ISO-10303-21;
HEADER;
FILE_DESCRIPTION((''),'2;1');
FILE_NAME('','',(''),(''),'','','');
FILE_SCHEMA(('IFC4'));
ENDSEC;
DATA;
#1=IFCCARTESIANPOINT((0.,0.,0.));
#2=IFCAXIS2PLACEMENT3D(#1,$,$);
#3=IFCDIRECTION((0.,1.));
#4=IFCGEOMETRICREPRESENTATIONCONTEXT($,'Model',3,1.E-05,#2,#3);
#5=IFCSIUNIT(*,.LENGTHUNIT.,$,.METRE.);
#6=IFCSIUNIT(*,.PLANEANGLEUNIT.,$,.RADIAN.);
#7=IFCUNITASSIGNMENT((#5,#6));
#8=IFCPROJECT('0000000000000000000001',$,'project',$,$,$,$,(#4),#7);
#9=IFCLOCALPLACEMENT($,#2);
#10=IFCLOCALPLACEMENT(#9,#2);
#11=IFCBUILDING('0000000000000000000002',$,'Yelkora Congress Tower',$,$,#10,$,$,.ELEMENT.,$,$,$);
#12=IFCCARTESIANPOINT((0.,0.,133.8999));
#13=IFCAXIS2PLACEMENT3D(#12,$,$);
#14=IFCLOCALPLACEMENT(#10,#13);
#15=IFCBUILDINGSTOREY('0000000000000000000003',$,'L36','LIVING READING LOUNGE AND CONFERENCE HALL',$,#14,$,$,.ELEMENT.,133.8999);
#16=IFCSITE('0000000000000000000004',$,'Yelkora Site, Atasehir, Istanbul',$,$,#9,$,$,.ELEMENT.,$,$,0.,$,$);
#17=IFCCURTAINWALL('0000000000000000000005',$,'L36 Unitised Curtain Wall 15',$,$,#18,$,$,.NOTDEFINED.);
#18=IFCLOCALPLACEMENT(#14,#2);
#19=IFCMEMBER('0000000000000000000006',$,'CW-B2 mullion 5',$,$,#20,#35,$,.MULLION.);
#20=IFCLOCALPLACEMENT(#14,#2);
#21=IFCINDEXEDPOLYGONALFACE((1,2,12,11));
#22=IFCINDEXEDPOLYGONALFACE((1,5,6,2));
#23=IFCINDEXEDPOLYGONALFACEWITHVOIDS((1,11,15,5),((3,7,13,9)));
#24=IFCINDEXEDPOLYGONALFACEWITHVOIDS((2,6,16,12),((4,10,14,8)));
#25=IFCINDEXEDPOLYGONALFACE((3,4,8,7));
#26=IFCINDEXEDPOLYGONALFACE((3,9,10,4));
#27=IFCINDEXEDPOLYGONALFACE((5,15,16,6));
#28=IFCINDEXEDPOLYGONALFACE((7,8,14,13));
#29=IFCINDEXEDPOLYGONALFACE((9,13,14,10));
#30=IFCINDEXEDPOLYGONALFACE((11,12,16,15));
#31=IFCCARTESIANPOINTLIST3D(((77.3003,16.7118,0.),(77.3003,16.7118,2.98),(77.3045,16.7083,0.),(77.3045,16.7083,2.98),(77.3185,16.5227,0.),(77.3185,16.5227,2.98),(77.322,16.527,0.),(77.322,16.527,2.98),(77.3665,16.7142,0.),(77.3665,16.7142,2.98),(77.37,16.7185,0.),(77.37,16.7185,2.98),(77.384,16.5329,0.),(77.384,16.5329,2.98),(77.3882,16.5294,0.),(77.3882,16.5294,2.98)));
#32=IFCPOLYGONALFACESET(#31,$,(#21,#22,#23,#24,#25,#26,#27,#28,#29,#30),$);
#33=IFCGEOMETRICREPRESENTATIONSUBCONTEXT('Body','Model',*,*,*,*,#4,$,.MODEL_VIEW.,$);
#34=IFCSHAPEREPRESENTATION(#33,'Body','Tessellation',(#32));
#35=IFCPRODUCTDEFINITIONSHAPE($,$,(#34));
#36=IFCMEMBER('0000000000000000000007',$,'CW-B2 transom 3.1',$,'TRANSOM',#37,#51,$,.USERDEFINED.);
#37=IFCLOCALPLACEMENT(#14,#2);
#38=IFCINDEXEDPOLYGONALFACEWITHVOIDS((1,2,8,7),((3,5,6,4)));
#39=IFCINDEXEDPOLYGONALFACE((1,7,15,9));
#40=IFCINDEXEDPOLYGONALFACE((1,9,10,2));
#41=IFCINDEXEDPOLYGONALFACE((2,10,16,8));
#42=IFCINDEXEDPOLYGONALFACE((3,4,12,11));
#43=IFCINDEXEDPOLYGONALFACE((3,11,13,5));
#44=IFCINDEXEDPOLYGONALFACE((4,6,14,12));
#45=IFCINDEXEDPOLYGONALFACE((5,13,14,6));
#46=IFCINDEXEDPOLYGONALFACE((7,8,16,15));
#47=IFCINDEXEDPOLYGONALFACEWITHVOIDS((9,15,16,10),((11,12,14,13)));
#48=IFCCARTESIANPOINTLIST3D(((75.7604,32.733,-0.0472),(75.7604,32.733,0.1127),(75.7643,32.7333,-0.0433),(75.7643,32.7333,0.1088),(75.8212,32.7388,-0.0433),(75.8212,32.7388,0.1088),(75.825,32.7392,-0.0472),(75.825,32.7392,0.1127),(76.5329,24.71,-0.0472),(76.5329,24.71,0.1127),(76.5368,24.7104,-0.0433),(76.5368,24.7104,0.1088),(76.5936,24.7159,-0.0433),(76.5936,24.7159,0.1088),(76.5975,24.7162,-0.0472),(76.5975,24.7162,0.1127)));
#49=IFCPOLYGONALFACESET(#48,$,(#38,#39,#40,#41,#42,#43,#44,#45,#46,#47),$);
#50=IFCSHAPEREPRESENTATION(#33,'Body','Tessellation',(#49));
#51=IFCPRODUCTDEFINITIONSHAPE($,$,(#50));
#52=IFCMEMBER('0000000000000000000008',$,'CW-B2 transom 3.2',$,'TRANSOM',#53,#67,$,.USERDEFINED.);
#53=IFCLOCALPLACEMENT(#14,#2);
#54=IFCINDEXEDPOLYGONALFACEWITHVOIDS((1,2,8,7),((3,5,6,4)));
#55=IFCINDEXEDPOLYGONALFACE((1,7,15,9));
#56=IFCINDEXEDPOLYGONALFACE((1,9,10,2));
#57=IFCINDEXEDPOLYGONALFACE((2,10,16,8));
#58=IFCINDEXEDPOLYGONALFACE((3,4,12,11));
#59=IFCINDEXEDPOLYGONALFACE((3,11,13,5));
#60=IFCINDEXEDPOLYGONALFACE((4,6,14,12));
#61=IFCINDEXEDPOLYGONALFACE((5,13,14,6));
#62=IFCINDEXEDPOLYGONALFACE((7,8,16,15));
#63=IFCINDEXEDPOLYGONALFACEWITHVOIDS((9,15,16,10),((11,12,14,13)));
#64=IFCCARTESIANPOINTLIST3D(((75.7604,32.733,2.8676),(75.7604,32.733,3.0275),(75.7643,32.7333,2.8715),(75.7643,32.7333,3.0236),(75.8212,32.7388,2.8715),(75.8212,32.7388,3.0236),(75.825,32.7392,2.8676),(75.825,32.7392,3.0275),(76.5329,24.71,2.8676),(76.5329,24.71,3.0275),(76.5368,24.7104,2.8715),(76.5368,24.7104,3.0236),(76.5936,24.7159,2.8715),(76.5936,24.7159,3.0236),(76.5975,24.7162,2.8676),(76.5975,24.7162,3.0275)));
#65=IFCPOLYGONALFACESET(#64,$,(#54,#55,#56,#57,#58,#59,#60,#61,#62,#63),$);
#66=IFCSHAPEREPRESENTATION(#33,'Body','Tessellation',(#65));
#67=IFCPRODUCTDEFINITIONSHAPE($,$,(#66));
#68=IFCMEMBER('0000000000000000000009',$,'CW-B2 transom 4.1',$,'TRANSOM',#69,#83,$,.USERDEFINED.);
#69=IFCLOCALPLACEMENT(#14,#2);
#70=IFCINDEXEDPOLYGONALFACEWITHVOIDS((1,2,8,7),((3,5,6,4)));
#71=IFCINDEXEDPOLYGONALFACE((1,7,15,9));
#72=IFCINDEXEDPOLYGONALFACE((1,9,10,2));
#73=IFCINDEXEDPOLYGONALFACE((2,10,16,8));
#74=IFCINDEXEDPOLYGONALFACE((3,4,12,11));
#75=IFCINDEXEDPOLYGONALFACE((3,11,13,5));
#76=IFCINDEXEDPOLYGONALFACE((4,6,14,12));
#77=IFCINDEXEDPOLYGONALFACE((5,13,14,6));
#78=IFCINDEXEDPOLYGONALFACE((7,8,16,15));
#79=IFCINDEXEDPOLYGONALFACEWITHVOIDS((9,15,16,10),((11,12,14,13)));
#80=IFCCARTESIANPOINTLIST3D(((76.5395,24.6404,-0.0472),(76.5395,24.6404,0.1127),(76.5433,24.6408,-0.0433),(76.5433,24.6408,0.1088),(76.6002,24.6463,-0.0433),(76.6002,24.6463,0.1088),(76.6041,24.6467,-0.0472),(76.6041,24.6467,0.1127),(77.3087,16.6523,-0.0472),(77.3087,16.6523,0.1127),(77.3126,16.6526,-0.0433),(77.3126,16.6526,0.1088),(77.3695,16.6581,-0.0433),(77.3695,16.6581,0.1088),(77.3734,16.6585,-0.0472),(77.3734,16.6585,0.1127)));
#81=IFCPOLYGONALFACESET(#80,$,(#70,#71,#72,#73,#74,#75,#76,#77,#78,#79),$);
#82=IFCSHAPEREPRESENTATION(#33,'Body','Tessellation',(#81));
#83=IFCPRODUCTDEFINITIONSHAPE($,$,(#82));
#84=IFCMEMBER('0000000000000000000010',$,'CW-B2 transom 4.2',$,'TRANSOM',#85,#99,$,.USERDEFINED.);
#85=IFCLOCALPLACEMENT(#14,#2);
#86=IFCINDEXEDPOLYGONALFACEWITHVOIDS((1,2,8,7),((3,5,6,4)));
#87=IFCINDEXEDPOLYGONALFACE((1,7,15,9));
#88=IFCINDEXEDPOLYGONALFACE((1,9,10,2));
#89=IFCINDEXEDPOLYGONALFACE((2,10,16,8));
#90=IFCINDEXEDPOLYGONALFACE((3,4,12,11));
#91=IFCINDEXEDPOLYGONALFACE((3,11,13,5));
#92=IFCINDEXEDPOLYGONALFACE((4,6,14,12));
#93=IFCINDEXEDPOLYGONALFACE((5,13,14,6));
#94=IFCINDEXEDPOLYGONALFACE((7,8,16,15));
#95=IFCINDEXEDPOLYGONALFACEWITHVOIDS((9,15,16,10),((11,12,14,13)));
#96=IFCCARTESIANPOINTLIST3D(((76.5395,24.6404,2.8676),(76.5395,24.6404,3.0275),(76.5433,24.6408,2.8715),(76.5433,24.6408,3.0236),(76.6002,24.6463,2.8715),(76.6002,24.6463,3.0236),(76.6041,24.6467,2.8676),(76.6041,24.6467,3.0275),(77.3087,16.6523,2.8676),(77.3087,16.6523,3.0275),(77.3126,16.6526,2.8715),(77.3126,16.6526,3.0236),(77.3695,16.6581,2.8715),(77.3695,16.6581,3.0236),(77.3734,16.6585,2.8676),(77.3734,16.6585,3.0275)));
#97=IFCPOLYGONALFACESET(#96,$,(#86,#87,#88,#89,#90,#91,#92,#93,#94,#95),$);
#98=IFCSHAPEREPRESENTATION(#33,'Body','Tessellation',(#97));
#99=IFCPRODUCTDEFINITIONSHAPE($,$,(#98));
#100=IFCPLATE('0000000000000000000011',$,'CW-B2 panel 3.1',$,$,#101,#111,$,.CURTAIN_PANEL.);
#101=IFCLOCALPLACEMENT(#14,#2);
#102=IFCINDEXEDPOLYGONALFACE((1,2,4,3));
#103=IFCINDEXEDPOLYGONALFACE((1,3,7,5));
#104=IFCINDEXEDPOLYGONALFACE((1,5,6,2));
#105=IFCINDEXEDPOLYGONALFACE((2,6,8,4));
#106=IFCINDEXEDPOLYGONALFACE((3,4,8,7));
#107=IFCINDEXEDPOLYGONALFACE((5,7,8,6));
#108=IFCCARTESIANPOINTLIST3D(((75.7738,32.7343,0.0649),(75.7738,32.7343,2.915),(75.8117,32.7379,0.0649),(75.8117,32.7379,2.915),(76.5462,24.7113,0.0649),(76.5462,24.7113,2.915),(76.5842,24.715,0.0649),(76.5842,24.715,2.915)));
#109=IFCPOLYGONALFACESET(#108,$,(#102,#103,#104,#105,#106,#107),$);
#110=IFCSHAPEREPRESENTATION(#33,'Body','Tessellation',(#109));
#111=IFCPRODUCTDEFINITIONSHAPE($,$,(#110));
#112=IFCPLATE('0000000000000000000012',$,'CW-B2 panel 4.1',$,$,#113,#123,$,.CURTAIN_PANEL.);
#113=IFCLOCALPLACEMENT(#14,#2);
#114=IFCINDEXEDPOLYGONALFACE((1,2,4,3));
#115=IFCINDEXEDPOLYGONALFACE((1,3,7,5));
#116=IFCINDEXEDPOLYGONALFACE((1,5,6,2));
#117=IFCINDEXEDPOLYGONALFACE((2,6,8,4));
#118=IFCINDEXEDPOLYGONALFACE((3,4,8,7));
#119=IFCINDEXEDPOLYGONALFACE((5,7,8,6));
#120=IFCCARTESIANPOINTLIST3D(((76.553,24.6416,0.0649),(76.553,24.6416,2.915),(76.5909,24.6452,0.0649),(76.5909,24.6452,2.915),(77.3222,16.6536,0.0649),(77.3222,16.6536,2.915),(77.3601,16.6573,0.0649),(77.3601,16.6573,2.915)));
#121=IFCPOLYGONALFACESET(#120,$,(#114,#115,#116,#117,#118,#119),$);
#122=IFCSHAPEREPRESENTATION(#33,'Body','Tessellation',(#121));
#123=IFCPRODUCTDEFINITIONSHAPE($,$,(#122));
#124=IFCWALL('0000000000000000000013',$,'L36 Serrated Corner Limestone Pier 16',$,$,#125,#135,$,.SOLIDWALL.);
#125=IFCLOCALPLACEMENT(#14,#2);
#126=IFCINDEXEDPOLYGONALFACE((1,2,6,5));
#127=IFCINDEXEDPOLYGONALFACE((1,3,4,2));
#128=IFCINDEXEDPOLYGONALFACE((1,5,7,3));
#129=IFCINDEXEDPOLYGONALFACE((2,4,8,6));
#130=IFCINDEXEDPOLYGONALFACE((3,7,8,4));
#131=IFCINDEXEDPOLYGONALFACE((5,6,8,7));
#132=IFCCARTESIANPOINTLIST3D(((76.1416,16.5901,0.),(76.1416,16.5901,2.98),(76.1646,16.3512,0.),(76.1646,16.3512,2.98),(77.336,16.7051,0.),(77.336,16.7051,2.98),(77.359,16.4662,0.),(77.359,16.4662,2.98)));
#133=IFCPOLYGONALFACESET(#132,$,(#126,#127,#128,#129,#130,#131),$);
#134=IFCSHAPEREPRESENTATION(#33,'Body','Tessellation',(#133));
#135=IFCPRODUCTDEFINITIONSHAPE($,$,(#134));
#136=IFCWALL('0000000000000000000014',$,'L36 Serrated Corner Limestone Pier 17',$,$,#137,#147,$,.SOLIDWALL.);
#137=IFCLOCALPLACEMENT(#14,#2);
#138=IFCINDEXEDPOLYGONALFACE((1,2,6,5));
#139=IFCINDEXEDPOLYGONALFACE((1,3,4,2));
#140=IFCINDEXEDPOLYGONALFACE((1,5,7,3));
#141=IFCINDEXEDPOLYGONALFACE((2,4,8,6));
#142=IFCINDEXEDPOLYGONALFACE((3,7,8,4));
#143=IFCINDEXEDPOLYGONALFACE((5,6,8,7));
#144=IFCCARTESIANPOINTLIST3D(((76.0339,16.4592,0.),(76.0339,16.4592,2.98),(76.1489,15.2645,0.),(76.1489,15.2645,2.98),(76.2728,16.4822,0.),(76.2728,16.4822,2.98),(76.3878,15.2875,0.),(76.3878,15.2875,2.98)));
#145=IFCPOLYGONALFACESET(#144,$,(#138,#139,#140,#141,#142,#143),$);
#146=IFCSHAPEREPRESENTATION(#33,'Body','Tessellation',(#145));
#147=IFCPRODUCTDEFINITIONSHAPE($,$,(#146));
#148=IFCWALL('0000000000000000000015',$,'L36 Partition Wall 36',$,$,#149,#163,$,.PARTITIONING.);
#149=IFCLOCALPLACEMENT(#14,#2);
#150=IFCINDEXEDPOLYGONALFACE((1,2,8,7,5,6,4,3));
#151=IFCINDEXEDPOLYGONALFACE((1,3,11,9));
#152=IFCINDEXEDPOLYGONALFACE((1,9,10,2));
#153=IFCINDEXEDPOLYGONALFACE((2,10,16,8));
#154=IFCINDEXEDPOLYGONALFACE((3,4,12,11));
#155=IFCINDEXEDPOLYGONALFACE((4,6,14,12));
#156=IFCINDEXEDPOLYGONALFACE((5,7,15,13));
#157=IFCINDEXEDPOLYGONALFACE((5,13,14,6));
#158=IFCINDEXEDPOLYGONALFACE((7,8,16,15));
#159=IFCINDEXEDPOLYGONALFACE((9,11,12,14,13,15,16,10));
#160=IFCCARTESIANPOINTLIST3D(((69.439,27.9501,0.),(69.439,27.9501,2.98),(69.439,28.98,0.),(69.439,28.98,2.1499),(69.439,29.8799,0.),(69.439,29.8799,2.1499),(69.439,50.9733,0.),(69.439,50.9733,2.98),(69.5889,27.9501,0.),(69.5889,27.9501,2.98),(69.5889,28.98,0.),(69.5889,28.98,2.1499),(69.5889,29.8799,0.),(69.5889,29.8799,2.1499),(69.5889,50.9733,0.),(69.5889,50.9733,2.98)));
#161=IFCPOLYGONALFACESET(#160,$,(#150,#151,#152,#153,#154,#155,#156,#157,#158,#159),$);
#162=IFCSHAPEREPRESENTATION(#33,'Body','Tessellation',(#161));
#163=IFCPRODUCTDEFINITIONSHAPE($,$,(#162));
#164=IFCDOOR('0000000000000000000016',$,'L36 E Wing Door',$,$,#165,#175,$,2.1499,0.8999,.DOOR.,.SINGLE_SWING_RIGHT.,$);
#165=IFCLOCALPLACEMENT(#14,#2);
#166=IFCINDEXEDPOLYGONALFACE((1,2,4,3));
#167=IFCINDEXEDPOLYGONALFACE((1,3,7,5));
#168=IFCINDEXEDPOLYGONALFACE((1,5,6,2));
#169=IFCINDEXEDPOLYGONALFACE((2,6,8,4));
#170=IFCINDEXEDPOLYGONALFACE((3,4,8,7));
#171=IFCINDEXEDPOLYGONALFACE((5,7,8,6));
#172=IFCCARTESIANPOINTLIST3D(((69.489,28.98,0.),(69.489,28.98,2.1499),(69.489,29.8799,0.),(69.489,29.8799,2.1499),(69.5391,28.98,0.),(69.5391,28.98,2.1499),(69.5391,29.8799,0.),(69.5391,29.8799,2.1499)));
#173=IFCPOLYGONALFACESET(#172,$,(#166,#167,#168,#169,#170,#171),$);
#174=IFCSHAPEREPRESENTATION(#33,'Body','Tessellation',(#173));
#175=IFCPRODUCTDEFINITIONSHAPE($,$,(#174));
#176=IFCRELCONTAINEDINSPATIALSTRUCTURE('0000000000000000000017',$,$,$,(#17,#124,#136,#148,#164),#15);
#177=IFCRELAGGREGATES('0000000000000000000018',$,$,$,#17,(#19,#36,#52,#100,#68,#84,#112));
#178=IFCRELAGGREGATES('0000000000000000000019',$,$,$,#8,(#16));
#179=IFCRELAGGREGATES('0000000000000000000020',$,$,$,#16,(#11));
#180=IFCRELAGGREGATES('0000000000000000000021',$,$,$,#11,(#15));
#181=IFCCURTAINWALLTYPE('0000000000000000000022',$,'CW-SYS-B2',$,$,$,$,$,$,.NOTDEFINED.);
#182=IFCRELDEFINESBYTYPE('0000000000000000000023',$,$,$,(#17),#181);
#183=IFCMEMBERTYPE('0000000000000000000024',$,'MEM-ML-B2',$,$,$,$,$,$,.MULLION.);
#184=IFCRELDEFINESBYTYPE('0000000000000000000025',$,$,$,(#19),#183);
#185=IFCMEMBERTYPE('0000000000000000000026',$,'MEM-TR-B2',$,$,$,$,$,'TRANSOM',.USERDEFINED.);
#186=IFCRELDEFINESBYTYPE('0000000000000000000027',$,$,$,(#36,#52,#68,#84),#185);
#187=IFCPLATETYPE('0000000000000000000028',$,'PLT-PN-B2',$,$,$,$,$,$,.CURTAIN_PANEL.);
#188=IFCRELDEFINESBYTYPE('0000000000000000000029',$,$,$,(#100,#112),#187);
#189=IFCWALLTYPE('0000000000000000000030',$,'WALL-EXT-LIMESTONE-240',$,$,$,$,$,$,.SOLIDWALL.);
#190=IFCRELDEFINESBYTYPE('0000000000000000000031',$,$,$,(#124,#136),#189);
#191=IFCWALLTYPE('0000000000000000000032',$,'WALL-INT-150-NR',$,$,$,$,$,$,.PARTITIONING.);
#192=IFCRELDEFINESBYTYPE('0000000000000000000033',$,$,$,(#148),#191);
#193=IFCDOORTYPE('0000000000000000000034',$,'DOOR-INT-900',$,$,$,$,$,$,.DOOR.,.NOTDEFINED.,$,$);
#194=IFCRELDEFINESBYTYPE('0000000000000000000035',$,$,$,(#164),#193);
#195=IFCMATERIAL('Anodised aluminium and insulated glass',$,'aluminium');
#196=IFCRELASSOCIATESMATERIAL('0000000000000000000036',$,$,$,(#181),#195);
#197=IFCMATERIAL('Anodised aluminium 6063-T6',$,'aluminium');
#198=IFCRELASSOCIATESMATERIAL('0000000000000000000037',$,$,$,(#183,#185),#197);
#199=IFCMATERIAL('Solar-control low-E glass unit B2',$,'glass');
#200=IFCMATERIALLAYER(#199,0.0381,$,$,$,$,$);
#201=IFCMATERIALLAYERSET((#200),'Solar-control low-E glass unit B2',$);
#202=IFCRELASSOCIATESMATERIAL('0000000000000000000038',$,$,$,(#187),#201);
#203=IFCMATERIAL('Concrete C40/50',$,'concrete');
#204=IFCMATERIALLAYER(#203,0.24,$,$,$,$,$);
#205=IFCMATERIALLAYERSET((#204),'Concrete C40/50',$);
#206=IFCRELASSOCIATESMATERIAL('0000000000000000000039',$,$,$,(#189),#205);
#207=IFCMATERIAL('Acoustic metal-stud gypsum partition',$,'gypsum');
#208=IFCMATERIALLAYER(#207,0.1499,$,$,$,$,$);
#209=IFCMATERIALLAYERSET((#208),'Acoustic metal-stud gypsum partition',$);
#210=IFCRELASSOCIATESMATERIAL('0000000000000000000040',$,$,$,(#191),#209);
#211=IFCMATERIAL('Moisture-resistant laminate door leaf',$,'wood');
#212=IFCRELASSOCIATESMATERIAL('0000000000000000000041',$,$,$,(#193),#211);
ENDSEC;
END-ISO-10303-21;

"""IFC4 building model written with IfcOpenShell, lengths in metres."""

from ifc_helpers import new_model, si_unit, direction, frame, frame_2d, origin, origin_2d, place, context, subcontext, project, spatial, rectangle, hollow_rectangle, extrude, material, layer, layer_set, material_profile, profile_set, type_object, element, fill, aggregate, save


model = new_model("IFC4")

# Units and contexts
model_context = context("Model", 3, precision=1e-05, world=origin(), true_north=direction((0.0, 1.0)))
body_context = subcontext(model_context, "Body", "Model", "MODEL_VIEW")
ifc_project = project(units=[si_unit("LENGTHUNIT", "METRE"), si_unit("PLANEANGLEUNIT", "RADIAN")], contexts=[model_context])

# Site, building, storey
site_placement = place(None, origin())
site = spatial("IfcSite", under=ifc_project, at=site_placement, Name="Yelkora Site, Atasehir, Istanbul", CompositionType="ELEMENT", RefElevation=0.0)
building_placement = place(site_placement, origin())
building = spatial("IfcBuilding", under=site, at=building_placement, Name="Yelkora Congress Tower", CompositionType="ELEMENT")
storey_placement = place(building_placement, frame((0.0, 0.0, 133.8999)))
storey = spatial("IfcBuildingStorey", under=building, at=storey_placement, Name="L36", Description="LIVING READING LOUNGE AND CONFERENCE HALL", CompositionType="ELEMENT", Elevation=133.8999)

# Curtain wall, members, plates
ifc_material_1 = material(Name="Anodised aluminium and insulated glass", Category="aluminium")
curtain_wall_type = type_object("IfcCurtainWallType", Name="CW-SYS-B2", PredefinedType="NOTDEFINED", material=ifc_material_1)
curtain_wall_placement = place(storey_placement, origin())
curtain_wall = element("IfcCurtainWall", 1, at=curtain_wall_placement, inside=storey, type_object=curtain_wall_type, Name="L36 Unitised Curtain Wall 15", PredefinedType="NOTDEFINED")
ifc_material_2 = material(Name="Anodised aluminium 6063-T6", Category="aluminium")
ifc_material_profile_1 = material_profile(ifc_material_2, hollow_rectangle(XDim=0.0701, YDim=0.1899, WallThickness=0.0039, at=origin_2d()), Name="ALU 70x190x4")
ifc_profile_set_1 = profile_set([ifc_material_profile_1], Name="Anodised aluminium 6063-T6")
member_type_1 = type_object("IfcMemberType", Name="MEM-ML-B2", PredefinedType="MULLION", material=ifc_profile_set_1)
member_1_placement = place(storey_placement, frame((77.3442, 16.6206, 0.0), z_axis=(0.0, 0.0, 1.0), x_axis=(0.995397, 0.095843, 0.0)))
member_1 = element("IfcMember", 2, at=member_1_placement, type_object=member_type_1, Name="CW-B2 mullion 5", PredefinedType="MULLION", context=body_context, shape_type="SweptSolid", body=[
    extrude(hollow_rectangle(XDim=0.0701, YDim=0.1899, WallThickness=0.0039, at=origin_2d()), origin(), (0.0, 0.0, 1.0), 2.98),
])
ifc_material_profile_2 = material_profile(ifc_material_2, hollow_rectangle(XDim=0.0649, YDim=0.1599, WallThickness=0.0039, at=origin_2d()), Name="ALU 65x160x4")
ifc_profile_set_2 = profile_set([ifc_material_profile_2], Name="Anodised aluminium 6063-T6")
member_type_2 = type_object("IfcMemberType", Name="MEM-TR-B2", ElementType="TRANSOM", PredefinedType="USERDEFINED", material=ifc_profile_set_2)
member_2_placement = place(storey_placement, frame((75.7927, 32.7361, 0.0327), z_axis=(0.095838, -0.995397, 0.0), x_axis=(0.995397, 0.095838, 0.0)))
member_2 = element("IfcMember", 3, at=member_2_placement, type_object=member_type_2, Name="CW-B2 transom 3.1", ObjectType="TRANSOM", PredefinedType="USERDEFINED", context=body_context, shape_type="SweptSolid", body=[
    extrude(hollow_rectangle(XDim=0.0649, YDim=0.1599, WallThickness=0.0039, at=origin_2d()), origin(), (0.0, 0.0, 1.0), 8.0601),
])
member_3_placement = place(storey_placement, frame((75.7927, 32.7361, 2.9475), z_axis=(0.095838, -0.995397, 0.0), x_axis=(0.995397, 0.095838, 0.0)))
member_3 = element("IfcMember", 4, at=member_3_placement, type_object=member_type_2, Name="CW-B2 transom 3.2", ObjectType="TRANSOM", PredefinedType="USERDEFINED", context=body_context, shape_type="SweptSolid", body=[
    extrude(hollow_rectangle(XDim=0.0649, YDim=0.1599, WallThickness=0.0039, at=origin_2d()), origin(), (0.0, 0.0, 1.0), 8.0601),
])
member_4_placement = place(storey_placement, frame((76.5718, 24.6436, 0.0327), z_axis=(0.095858, -0.995395, 0.0), x_axis=(0.995395, 0.095858, 0.0)))
member_4 = element("IfcMember", 5, at=member_4_placement, type_object=member_type_2, Name="CW-B2 transom 4.1", ObjectType="TRANSOM", PredefinedType="USERDEFINED", context=body_context, shape_type="SweptSolid", body=[
    extrude(hollow_rectangle(XDim=0.0649, YDim=0.1599, WallThickness=0.0039, at=origin_2d()), origin(), (0.0, 0.0, 1.0), 8.0251),
])
member_5_placement = place(storey_placement, frame((76.5718, 24.6436, 2.9475), z_axis=(0.095858, -0.995395, 0.0), x_axis=(0.995395, 0.095858, 0.0)))
member_5 = element("IfcMember", 6, at=member_5_placement, type_object=member_type_2, Name="CW-B2 transom 4.2", ObjectType="TRANSOM", PredefinedType="USERDEFINED", context=body_context, shape_type="SweptSolid", body=[
    extrude(hollow_rectangle(XDim=0.0649, YDim=0.1599, WallThickness=0.0039, at=origin_2d()), origin(), (0.0, 0.0, 1.0), 8.0251),
])
ifc_material_3 = material(Name="Solar-control low-E glass unit B2", Category="glass")
ifc_layer_1 = layer(ifc_material_3, 0.0381)
ifc_layer_set_1 = layer_set([ifc_layer_1], Name="Solar-control low-E glass unit B2")
plate_type = type_object("IfcPlateType", Name="PLT-PN-B2", PredefinedType="CURTAIN_PANEL", material=ifc_layer_set_1)
plate_1_placement = place(storey_placement, frame((76.179, 28.7246, 0.0649), z_axis=(0.0, 0.0, 1.0), x_axis=(0.095843, -0.995397, 0.0)))
plate_1 = element("IfcPlate", 7, at=plate_1_placement, type_object=plate_type, Name="CW-B2 panel 3.1", PredefinedType="CURTAIN_PANEL", context=body_context, shape_type="SweptSolid", body=[
    extrude(rectangle(XDim=8.0601, YDim=0.0381, at=origin_2d()), origin(), (0.0, 0.0, 1.0), 2.8501),
])
plate_2_placement = place(storey_placement, frame((76.9565, 20.6494, 0.0649), z_axis=(0.0, 0.0, 1.0), x_axis=(0.095843, -0.995397, 0.0)))
plate_2 = element("IfcPlate", 8, at=plate_2_placement, type_object=plate_type, Name="CW-B2 panel 4.1", PredefinedType="CURTAIN_PANEL", context=body_context, shape_type="SweptSolid", body=[
    extrude(rectangle(XDim=8.0249, YDim=0.0381, at=origin_2d()), origin(), (0.0, 0.0, 1.0), 2.8501),
])
aggregate(curtain_wall, [member_1, member_2, member_3, plate_1, member_4, member_5, plate_2])

# Walls
ifc_material_4 = material(Name="Concrete C40/50", Category="concrete")
ifc_layer_2 = layer(ifc_material_4, 0.24)
ifc_layer_set_2 = layer_set([ifc_layer_2], Name="Concrete C40/50")
wall_type_1 = type_object("IfcWallType", Name="WALL-EXT-LIMESTONE-240", PredefinedType="SOLIDWALL", material=ifc_layer_set_2)
wall_1_placement = place(storey_placement, frame((77.3477, 16.5857, 0.0), z_axis=(0.0, 0.0, 1.0), x_axis=(-0.995397, -0.095836, 0.0)))
element("IfcWall", 9, at=wall_1_placement, inside=storey, type_object=wall_type_1, Name="L36 Serrated Corner Limestone Pier 16", PredefinedType="SOLIDWALL", context=body_context, shape_type="SweptSolid", body=[
    extrude(rectangle(XDim=1.2, YDim=0.24, at=frame_2d((0.6001, 0.0))), origin(), (0.0, 0.0, 1.0), 2.98),
])
wall_2_placement = place(storey_placement, frame((76.1533, 16.4707, 0.0), z_axis=(0.0, 0.0, 1.0), x_axis=(0.095817, -0.995399, 0.0)))
element("IfcWall", 10, at=wall_2_placement, inside=storey, type_object=wall_type_1, Name="L36 Serrated Corner Limestone Pier 17", PredefinedType="SOLIDWALL", context=body_context, shape_type="SweptSolid", body=[
    extrude(rectangle(XDim=1.2002, YDim=0.24, at=frame_2d((0.6001, 0.0))), origin(), (0.0, 0.0, 1.0), 2.98),
])

# Wall, opening, door
ifc_material_5 = material(Name="Acoustic metal-stud gypsum partition", Category="gypsum")
ifc_layer_3 = layer(ifc_material_5, 0.1499)
ifc_layer_set_3 = layer_set([ifc_layer_3], Name="Acoustic metal-stud gypsum partition")
wall_type_2 = type_object("IfcWallType", Name="WALL-INT-150-NR", PredefinedType="PARTITIONING", material=ifc_layer_set_3)
wall_3_placement = place(storey_placement, frame((69.5139, 27.95, 0.0), z_axis=(0.0, 0.0, 1.0), x_axis=(0.0, 1.0, 0.0)))
wall_3 = element("IfcWall", 11, at=wall_3_placement, inside=storey, type_object=wall_type_2, Name="L36 Partition Wall 36", PredefinedType="PARTITIONING", context=body_context, shape_type="SweptSolid", body=[
    extrude(rectangle(XDim=23.0232, YDim=0.1499, at=frame_2d((11.5117, 0.0))), origin(), (0.0, 0.0, 1.0), 2.98),
])
opening_placement = place(wall_3_placement, frame((1.03, 0.0, 0.0)))
opening = element("IfcOpeningElement", 12, at=opening_placement, cuts=wall_3, PredefinedType="OPENING", context=body_context, shape_type="SweptSolid", body=[
    extrude(rectangle(XDim=0.8999, YDim=2.1499, at=frame_2d((0.45, 1.075))), frame((0.0, 0.085, 0.0), z_axis=(0.0, -1.0, 0.0), x_axis=(1.0, 0.0, 0.0)), (0.0, 0.0, 1.0), 0.1699),
])
ifc_material_6 = material(Name="Moisture-resistant laminate door leaf", Category="wood")
door_type = type_object("IfcDoorType", Name="DOOR-INT-900", OperationType="NOTDEFINED", PredefinedType="DOOR", material=ifc_material_6)
door_placement = place(opening_placement, origin())
door = element("IfcDoor", 13, at=door_placement, inside=storey, type_object=door_type, Name="L36 E Wing Door", OperationType="SINGLE_SWING_RIGHT", OverallHeight=2.1499, OverallWidth=0.8999, PredefinedType="DOOR", context=body_context, shape_type="SweptSolid", body=[
    extrude(rectangle(XDim=0.8999, YDim=2.1499, at=frame_2d((0.45, 1.075))), frame((0.0, 0.0249, 0.0), z_axis=(0.0, -1.0, 0.0), x_axis=(1.0, 0.0, 0.0)), (0.0, 0.0, 1.0), 0.05),
])
fill(opening, door)

save(model, "model.ifc")
